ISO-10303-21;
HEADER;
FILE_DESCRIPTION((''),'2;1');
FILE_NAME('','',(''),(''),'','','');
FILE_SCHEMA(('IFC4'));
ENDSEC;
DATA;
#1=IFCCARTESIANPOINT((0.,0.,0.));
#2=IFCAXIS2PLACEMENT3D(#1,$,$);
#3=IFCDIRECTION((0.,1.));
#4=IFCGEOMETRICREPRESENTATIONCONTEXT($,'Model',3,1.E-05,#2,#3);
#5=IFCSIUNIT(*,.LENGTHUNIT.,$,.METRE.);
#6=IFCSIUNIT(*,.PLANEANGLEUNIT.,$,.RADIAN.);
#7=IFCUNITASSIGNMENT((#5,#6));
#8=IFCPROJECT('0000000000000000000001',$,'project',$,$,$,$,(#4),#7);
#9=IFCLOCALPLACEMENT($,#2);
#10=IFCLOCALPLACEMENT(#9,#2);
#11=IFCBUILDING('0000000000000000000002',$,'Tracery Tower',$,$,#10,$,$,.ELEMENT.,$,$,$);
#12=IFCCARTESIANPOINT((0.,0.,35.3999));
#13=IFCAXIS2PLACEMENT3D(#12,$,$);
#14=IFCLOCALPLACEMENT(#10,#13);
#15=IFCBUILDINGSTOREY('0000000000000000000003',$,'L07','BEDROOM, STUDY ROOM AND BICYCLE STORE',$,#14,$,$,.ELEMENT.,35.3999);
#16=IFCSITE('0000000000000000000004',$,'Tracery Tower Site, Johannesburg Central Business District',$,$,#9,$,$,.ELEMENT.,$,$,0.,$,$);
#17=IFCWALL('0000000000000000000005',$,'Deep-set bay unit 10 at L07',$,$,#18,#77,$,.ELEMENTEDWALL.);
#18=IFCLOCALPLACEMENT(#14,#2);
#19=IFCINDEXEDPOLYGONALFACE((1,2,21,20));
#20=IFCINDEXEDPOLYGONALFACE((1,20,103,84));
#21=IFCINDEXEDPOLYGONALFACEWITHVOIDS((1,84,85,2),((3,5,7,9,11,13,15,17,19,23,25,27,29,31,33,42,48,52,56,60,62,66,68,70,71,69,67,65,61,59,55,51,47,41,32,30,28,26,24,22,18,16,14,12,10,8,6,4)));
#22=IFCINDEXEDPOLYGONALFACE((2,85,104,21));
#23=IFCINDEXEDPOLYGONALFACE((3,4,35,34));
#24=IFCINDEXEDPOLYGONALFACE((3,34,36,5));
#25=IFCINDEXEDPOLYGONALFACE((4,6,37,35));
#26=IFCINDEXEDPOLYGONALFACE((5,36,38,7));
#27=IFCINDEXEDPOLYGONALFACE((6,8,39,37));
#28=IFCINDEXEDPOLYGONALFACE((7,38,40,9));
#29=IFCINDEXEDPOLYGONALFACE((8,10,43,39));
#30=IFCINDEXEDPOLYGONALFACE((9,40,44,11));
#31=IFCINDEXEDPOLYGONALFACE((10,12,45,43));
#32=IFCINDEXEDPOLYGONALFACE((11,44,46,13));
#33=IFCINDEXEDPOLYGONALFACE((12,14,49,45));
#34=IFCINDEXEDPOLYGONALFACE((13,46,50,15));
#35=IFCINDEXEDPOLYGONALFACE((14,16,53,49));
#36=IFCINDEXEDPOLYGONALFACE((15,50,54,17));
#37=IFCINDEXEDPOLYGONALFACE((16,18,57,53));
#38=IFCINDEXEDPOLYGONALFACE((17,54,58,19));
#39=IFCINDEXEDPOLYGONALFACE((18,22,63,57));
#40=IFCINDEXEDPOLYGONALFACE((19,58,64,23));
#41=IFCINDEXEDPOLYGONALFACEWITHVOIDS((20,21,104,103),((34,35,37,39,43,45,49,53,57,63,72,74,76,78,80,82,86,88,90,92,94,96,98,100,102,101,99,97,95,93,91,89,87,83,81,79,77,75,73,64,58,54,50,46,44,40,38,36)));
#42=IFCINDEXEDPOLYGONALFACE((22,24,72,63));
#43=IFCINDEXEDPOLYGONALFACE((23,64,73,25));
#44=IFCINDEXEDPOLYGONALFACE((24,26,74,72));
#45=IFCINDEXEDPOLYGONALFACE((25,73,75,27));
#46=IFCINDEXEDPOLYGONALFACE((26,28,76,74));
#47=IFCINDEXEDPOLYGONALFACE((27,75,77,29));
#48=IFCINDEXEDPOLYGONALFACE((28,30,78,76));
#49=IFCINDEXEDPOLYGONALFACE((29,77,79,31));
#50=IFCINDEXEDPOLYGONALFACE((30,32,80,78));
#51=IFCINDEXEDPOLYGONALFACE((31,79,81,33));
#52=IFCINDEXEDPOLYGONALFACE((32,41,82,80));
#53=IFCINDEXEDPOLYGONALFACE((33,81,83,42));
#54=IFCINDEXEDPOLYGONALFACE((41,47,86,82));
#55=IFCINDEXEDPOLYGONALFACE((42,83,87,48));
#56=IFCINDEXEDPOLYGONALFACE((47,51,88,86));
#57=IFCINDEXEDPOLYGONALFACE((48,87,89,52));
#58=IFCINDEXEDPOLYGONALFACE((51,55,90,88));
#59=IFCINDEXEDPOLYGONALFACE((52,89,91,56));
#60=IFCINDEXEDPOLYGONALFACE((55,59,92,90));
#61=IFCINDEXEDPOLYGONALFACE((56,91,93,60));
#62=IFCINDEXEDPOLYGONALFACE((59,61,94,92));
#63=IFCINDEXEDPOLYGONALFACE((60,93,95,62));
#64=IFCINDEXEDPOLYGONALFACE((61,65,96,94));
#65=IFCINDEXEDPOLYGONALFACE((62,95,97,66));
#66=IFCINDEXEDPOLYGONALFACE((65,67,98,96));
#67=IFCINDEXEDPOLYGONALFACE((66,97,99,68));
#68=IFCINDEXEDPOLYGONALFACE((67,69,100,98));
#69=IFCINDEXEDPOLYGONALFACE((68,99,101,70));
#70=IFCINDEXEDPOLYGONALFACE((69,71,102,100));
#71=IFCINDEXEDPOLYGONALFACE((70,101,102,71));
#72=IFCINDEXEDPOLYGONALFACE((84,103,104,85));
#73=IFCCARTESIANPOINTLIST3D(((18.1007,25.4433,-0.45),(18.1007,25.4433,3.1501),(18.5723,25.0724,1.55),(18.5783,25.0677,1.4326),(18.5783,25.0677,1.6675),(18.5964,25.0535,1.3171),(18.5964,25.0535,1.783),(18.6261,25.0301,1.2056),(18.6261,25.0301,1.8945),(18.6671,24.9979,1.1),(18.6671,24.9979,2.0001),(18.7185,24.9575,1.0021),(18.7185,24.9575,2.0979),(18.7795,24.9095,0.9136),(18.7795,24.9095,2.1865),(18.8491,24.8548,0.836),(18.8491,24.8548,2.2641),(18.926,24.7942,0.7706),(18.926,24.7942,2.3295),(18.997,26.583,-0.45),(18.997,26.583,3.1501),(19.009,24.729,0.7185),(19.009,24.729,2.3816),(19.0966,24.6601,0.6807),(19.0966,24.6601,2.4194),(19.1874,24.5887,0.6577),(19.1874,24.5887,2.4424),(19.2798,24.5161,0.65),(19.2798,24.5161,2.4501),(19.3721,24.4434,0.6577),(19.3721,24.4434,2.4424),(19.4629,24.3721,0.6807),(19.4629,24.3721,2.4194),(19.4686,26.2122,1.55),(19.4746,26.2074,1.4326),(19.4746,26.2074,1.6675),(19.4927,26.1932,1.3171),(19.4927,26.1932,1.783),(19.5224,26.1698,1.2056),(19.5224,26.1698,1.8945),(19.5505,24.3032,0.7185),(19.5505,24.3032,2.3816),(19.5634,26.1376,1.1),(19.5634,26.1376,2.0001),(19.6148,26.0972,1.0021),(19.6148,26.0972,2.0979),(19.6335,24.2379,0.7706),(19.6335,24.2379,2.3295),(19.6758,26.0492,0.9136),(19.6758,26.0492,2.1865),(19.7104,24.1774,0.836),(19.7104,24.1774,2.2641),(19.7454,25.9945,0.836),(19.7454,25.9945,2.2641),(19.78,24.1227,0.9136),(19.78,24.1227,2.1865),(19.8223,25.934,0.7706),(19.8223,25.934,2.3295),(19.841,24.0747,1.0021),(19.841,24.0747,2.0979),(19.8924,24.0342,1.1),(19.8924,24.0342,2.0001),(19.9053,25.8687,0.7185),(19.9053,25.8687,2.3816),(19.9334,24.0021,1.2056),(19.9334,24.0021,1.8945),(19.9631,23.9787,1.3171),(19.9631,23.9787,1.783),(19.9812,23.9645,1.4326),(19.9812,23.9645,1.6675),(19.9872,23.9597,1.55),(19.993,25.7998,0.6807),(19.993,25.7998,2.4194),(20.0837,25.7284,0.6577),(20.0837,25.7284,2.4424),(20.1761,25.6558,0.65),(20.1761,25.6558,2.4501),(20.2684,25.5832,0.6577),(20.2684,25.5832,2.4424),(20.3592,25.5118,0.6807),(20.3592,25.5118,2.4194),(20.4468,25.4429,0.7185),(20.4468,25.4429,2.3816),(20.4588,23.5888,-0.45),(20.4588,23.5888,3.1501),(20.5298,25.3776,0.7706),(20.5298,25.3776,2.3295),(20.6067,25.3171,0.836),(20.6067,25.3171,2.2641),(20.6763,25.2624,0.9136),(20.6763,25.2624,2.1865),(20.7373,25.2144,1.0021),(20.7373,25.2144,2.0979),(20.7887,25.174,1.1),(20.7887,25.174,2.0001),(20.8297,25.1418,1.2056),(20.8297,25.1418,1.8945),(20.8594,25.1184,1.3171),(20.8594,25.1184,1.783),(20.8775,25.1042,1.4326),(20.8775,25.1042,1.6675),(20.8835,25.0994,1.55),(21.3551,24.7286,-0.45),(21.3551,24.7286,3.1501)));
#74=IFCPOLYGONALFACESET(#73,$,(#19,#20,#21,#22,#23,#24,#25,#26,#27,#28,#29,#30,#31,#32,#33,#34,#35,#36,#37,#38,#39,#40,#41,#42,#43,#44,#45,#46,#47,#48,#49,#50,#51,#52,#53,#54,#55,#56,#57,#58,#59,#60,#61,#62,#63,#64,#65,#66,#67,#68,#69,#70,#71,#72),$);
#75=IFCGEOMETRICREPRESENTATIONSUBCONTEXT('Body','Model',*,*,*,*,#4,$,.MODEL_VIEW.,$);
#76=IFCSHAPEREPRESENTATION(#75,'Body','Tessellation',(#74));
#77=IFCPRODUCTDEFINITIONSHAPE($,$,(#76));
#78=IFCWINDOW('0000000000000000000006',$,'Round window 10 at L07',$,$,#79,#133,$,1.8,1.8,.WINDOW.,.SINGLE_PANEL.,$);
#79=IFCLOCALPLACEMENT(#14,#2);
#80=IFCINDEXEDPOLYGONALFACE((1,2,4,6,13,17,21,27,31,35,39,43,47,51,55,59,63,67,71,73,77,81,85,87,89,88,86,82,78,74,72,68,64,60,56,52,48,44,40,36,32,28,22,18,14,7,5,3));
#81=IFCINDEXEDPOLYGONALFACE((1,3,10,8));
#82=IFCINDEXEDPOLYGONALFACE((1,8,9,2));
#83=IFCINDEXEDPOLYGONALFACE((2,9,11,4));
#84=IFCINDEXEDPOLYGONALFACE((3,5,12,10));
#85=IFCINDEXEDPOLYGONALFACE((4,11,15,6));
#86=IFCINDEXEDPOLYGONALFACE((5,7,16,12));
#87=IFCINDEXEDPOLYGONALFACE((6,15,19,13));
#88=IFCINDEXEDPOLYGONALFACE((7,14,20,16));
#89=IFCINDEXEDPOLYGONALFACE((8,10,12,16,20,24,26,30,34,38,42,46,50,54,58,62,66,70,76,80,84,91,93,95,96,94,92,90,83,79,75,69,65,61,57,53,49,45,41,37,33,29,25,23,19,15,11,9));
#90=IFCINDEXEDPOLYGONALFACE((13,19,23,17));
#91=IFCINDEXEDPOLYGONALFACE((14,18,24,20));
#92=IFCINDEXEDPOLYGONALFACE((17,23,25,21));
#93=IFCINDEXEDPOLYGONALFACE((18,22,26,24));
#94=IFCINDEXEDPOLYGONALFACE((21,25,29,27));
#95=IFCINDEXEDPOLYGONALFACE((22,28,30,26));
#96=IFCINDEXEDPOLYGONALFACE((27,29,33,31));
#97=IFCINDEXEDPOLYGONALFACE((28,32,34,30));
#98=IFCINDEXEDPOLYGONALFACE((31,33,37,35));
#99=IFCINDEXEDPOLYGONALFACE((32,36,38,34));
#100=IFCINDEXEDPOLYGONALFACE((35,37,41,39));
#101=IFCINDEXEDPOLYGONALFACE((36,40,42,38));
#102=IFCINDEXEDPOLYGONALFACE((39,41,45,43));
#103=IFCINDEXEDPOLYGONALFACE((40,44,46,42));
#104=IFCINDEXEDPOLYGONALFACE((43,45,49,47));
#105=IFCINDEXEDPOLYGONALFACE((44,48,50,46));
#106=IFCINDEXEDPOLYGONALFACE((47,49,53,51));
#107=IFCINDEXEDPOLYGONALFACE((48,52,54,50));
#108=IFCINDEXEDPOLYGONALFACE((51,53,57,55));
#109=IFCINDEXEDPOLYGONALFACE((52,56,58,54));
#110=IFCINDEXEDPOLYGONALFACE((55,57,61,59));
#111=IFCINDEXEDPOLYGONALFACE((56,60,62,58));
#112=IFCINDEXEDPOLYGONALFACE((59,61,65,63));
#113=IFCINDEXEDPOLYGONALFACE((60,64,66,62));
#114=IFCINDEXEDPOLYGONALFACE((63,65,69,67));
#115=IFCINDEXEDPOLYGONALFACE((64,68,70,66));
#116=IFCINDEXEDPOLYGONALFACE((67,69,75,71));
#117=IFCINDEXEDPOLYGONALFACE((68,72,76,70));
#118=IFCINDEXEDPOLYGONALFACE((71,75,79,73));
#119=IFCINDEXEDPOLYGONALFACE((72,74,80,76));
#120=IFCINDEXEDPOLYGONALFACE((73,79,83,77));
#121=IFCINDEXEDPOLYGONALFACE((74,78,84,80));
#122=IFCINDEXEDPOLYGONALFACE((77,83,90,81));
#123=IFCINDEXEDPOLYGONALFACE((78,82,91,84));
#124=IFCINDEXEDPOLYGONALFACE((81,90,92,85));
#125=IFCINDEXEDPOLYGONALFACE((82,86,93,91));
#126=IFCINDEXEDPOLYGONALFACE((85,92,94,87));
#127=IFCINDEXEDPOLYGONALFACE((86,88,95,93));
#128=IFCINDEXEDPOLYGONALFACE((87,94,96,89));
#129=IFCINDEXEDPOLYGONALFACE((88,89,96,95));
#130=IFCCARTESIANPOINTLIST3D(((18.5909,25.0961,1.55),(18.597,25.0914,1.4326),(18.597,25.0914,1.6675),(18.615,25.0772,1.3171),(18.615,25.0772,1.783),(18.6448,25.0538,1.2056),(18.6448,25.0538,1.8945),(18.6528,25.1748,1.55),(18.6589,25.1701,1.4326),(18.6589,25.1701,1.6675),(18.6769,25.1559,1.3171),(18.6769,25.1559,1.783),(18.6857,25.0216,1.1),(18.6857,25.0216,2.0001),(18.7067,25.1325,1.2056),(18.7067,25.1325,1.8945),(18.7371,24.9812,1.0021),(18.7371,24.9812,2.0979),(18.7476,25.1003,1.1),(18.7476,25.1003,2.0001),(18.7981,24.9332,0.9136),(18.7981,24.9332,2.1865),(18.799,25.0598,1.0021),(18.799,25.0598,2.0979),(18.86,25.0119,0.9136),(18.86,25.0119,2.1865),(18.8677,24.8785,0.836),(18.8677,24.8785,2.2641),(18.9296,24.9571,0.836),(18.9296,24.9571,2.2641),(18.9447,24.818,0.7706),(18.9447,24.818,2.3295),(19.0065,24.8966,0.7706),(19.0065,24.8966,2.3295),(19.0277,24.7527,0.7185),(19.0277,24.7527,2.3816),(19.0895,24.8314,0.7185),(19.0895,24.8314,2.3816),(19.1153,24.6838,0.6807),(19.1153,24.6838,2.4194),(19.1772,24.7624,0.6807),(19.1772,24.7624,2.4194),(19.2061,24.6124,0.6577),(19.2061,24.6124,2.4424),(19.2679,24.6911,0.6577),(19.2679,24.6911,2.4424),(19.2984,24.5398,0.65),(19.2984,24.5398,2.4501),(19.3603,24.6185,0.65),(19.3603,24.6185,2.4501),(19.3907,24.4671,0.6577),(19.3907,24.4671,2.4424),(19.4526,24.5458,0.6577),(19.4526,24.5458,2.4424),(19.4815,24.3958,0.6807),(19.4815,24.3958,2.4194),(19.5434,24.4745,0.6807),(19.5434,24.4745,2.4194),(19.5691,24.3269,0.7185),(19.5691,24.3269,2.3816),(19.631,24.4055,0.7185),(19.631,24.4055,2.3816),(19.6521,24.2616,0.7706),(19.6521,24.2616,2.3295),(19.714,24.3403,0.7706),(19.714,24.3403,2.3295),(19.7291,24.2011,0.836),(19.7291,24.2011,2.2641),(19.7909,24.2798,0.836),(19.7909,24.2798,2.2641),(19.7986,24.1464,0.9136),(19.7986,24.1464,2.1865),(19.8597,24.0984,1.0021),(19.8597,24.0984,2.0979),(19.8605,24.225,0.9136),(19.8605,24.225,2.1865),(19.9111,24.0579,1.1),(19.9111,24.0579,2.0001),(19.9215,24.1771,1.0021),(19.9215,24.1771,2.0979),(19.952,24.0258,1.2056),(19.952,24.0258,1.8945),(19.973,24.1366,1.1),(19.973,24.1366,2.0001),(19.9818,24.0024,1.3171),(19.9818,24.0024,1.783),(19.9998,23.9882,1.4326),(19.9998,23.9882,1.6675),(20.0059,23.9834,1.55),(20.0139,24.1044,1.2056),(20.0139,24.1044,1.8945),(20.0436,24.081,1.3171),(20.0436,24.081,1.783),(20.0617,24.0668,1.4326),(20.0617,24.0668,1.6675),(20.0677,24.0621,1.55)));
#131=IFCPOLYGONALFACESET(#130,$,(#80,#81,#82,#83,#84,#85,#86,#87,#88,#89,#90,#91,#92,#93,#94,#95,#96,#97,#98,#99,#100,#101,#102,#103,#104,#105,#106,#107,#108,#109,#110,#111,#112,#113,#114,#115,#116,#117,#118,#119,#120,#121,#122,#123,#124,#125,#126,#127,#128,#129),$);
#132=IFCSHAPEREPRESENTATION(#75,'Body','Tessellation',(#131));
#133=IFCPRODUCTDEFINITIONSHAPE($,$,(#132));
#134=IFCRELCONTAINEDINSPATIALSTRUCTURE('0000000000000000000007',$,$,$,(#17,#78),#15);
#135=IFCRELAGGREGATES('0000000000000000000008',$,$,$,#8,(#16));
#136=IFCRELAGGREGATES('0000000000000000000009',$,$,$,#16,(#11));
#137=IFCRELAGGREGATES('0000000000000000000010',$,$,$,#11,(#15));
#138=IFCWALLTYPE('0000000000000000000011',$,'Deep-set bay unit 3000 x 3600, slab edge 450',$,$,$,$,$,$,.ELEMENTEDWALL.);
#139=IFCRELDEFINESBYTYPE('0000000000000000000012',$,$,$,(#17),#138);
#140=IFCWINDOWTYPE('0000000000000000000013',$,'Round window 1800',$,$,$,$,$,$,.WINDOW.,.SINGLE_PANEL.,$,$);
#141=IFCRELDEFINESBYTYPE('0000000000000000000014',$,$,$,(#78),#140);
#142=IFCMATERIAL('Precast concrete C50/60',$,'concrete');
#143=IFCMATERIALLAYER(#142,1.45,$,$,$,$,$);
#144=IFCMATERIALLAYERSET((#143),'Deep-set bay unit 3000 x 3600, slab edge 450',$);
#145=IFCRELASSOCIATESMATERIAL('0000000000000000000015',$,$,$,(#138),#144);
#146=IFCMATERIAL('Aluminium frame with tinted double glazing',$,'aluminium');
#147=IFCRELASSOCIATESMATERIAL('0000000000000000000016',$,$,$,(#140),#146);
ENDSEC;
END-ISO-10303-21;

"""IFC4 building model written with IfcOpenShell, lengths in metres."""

from ifc_helpers import new_model, si_unit, direction, frame, frame_2d, origin, origin_2d, place, context, subcontext, project, spatial, rectangle, circle, extrude, material, layer, layer_set, type_object, element, fill, save


model = new_model("IFC4")

# Units and contexts
model_context = context("Model", 3, precision=1e-05, world=origin(), true_north=direction((0.0, 1.0)))
body_context = subcontext(model_context, "Body", "Model", "MODEL_VIEW")
ifc_project = project(units=[si_unit("LENGTHUNIT", "METRE"), si_unit("PLANEANGLEUNIT", "RADIAN")], contexts=[model_context])

# Site, building, storey
site_placement = place(None, origin())
site = spatial("IfcSite", under=ifc_project, at=site_placement, Name="Tracery Tower Site, Johannesburg Central Business District", CompositionType="ELEMENT", RefElevation=0.0)
building_placement = place(site_placement, origin())
building = spatial("IfcBuilding", under=site, at=building_placement, Name="Tracery Tower", CompositionType="ELEMENT")
storey_placement = place(building_placement, frame((0.0, 0.0, 35.3999)))
storey = spatial("IfcBuildingStorey", under=building, at=storey_placement, Name="L07", Description="BEDROOM, STUDY ROOM AND BICYCLE STORE", CompositionType="ELEMENT", Elevation=35.3999)

# Wall, opening, window
ifc_material_1 = material(Name="Precast concrete C50/60", Category="concrete")
ifc_layer_1 = layer(ifc_material_1, 1.45)
ifc_layer_set_1 = layer_set([ifc_layer_1], Name="Deep-set bay unit 3000 x 3600, slab edge 450")
wall_type_1 = type_object("IfcWallType", Name="Deep-set bay unit 3000 x 3600, slab edge 450", PredefinedType="ELEMENTEDWALL", material=ifc_layer_set_1)
wall_1_placement = place(storey_placement, frame((20.907, 24.1587, -0.45), z_axis=(0.0, 0.0, 1.0), x_axis=(-0.78605, 0.618163, 0.0)))
wall_1 = element("IfcWall", 1, at=wall_1_placement, inside=storey, type_object=wall_type_1, Name="Deep-set bay unit 10 at L07", PredefinedType="ELEMENTEDWALL", context=body_context, shape_type="SweptSolid", body=[
    extrude(rectangle(XDim=3.0, YDim=1.45, at=frame_2d((1.5, 0.0))), origin(), (0.0, 0.0, 1.0), 3.6001),
])
opening_1_placement = place(wall_1_placement, frame((1.5, 0.0, 2.0)))
opening_1 = element("IfcOpeningElement", 2, at=opening_1_placement, cuts=wall_1, PredefinedType="OPENING", context=body_context, shape_type="SweptSolid", body=[
    extrude(circle(Radius=0.9, at=origin_2d()), frame((0.0, 0.7349, 0.0), z_axis=(0.0, -1.0, 0.0), x_axis=(1.0, 0.0, 0.0)), (0.0, 0.0, 1.0), 1.47),
])
ifc_material_2 = material(Name="Aluminium frame with tinted double glazing", Category="aluminium")
window_type = type_object("IfcWindowType", Name="Round window 1800", PartitioningType="SINGLE_PANEL", PredefinedType="WINDOW", material=ifc_material_2)
window_1_placement = place(opening_1_placement, origin())
window_1 = element("IfcWindow", 3, at=window_1_placement, inside=storey, type_object=window_type, Name="Round window 10 at L07", OverallHeight=1.8, OverallWidth=1.8, PartitioningType="SINGLE_PANEL", PredefinedType="WINDOW", context=body_context, shape_type="SweptSolid", body=[
    extrude(circle(Radius=0.9, at=origin_2d()), frame((0.0, 0.6948, 0.0), z_axis=(0.0, -1.0, 0.0), x_axis=(1.0, 0.0, 0.0)), (0.0, 0.0, 1.0), 0.1001),
])
fill(opening_1, window_1)

save(model, "model.ifc")
